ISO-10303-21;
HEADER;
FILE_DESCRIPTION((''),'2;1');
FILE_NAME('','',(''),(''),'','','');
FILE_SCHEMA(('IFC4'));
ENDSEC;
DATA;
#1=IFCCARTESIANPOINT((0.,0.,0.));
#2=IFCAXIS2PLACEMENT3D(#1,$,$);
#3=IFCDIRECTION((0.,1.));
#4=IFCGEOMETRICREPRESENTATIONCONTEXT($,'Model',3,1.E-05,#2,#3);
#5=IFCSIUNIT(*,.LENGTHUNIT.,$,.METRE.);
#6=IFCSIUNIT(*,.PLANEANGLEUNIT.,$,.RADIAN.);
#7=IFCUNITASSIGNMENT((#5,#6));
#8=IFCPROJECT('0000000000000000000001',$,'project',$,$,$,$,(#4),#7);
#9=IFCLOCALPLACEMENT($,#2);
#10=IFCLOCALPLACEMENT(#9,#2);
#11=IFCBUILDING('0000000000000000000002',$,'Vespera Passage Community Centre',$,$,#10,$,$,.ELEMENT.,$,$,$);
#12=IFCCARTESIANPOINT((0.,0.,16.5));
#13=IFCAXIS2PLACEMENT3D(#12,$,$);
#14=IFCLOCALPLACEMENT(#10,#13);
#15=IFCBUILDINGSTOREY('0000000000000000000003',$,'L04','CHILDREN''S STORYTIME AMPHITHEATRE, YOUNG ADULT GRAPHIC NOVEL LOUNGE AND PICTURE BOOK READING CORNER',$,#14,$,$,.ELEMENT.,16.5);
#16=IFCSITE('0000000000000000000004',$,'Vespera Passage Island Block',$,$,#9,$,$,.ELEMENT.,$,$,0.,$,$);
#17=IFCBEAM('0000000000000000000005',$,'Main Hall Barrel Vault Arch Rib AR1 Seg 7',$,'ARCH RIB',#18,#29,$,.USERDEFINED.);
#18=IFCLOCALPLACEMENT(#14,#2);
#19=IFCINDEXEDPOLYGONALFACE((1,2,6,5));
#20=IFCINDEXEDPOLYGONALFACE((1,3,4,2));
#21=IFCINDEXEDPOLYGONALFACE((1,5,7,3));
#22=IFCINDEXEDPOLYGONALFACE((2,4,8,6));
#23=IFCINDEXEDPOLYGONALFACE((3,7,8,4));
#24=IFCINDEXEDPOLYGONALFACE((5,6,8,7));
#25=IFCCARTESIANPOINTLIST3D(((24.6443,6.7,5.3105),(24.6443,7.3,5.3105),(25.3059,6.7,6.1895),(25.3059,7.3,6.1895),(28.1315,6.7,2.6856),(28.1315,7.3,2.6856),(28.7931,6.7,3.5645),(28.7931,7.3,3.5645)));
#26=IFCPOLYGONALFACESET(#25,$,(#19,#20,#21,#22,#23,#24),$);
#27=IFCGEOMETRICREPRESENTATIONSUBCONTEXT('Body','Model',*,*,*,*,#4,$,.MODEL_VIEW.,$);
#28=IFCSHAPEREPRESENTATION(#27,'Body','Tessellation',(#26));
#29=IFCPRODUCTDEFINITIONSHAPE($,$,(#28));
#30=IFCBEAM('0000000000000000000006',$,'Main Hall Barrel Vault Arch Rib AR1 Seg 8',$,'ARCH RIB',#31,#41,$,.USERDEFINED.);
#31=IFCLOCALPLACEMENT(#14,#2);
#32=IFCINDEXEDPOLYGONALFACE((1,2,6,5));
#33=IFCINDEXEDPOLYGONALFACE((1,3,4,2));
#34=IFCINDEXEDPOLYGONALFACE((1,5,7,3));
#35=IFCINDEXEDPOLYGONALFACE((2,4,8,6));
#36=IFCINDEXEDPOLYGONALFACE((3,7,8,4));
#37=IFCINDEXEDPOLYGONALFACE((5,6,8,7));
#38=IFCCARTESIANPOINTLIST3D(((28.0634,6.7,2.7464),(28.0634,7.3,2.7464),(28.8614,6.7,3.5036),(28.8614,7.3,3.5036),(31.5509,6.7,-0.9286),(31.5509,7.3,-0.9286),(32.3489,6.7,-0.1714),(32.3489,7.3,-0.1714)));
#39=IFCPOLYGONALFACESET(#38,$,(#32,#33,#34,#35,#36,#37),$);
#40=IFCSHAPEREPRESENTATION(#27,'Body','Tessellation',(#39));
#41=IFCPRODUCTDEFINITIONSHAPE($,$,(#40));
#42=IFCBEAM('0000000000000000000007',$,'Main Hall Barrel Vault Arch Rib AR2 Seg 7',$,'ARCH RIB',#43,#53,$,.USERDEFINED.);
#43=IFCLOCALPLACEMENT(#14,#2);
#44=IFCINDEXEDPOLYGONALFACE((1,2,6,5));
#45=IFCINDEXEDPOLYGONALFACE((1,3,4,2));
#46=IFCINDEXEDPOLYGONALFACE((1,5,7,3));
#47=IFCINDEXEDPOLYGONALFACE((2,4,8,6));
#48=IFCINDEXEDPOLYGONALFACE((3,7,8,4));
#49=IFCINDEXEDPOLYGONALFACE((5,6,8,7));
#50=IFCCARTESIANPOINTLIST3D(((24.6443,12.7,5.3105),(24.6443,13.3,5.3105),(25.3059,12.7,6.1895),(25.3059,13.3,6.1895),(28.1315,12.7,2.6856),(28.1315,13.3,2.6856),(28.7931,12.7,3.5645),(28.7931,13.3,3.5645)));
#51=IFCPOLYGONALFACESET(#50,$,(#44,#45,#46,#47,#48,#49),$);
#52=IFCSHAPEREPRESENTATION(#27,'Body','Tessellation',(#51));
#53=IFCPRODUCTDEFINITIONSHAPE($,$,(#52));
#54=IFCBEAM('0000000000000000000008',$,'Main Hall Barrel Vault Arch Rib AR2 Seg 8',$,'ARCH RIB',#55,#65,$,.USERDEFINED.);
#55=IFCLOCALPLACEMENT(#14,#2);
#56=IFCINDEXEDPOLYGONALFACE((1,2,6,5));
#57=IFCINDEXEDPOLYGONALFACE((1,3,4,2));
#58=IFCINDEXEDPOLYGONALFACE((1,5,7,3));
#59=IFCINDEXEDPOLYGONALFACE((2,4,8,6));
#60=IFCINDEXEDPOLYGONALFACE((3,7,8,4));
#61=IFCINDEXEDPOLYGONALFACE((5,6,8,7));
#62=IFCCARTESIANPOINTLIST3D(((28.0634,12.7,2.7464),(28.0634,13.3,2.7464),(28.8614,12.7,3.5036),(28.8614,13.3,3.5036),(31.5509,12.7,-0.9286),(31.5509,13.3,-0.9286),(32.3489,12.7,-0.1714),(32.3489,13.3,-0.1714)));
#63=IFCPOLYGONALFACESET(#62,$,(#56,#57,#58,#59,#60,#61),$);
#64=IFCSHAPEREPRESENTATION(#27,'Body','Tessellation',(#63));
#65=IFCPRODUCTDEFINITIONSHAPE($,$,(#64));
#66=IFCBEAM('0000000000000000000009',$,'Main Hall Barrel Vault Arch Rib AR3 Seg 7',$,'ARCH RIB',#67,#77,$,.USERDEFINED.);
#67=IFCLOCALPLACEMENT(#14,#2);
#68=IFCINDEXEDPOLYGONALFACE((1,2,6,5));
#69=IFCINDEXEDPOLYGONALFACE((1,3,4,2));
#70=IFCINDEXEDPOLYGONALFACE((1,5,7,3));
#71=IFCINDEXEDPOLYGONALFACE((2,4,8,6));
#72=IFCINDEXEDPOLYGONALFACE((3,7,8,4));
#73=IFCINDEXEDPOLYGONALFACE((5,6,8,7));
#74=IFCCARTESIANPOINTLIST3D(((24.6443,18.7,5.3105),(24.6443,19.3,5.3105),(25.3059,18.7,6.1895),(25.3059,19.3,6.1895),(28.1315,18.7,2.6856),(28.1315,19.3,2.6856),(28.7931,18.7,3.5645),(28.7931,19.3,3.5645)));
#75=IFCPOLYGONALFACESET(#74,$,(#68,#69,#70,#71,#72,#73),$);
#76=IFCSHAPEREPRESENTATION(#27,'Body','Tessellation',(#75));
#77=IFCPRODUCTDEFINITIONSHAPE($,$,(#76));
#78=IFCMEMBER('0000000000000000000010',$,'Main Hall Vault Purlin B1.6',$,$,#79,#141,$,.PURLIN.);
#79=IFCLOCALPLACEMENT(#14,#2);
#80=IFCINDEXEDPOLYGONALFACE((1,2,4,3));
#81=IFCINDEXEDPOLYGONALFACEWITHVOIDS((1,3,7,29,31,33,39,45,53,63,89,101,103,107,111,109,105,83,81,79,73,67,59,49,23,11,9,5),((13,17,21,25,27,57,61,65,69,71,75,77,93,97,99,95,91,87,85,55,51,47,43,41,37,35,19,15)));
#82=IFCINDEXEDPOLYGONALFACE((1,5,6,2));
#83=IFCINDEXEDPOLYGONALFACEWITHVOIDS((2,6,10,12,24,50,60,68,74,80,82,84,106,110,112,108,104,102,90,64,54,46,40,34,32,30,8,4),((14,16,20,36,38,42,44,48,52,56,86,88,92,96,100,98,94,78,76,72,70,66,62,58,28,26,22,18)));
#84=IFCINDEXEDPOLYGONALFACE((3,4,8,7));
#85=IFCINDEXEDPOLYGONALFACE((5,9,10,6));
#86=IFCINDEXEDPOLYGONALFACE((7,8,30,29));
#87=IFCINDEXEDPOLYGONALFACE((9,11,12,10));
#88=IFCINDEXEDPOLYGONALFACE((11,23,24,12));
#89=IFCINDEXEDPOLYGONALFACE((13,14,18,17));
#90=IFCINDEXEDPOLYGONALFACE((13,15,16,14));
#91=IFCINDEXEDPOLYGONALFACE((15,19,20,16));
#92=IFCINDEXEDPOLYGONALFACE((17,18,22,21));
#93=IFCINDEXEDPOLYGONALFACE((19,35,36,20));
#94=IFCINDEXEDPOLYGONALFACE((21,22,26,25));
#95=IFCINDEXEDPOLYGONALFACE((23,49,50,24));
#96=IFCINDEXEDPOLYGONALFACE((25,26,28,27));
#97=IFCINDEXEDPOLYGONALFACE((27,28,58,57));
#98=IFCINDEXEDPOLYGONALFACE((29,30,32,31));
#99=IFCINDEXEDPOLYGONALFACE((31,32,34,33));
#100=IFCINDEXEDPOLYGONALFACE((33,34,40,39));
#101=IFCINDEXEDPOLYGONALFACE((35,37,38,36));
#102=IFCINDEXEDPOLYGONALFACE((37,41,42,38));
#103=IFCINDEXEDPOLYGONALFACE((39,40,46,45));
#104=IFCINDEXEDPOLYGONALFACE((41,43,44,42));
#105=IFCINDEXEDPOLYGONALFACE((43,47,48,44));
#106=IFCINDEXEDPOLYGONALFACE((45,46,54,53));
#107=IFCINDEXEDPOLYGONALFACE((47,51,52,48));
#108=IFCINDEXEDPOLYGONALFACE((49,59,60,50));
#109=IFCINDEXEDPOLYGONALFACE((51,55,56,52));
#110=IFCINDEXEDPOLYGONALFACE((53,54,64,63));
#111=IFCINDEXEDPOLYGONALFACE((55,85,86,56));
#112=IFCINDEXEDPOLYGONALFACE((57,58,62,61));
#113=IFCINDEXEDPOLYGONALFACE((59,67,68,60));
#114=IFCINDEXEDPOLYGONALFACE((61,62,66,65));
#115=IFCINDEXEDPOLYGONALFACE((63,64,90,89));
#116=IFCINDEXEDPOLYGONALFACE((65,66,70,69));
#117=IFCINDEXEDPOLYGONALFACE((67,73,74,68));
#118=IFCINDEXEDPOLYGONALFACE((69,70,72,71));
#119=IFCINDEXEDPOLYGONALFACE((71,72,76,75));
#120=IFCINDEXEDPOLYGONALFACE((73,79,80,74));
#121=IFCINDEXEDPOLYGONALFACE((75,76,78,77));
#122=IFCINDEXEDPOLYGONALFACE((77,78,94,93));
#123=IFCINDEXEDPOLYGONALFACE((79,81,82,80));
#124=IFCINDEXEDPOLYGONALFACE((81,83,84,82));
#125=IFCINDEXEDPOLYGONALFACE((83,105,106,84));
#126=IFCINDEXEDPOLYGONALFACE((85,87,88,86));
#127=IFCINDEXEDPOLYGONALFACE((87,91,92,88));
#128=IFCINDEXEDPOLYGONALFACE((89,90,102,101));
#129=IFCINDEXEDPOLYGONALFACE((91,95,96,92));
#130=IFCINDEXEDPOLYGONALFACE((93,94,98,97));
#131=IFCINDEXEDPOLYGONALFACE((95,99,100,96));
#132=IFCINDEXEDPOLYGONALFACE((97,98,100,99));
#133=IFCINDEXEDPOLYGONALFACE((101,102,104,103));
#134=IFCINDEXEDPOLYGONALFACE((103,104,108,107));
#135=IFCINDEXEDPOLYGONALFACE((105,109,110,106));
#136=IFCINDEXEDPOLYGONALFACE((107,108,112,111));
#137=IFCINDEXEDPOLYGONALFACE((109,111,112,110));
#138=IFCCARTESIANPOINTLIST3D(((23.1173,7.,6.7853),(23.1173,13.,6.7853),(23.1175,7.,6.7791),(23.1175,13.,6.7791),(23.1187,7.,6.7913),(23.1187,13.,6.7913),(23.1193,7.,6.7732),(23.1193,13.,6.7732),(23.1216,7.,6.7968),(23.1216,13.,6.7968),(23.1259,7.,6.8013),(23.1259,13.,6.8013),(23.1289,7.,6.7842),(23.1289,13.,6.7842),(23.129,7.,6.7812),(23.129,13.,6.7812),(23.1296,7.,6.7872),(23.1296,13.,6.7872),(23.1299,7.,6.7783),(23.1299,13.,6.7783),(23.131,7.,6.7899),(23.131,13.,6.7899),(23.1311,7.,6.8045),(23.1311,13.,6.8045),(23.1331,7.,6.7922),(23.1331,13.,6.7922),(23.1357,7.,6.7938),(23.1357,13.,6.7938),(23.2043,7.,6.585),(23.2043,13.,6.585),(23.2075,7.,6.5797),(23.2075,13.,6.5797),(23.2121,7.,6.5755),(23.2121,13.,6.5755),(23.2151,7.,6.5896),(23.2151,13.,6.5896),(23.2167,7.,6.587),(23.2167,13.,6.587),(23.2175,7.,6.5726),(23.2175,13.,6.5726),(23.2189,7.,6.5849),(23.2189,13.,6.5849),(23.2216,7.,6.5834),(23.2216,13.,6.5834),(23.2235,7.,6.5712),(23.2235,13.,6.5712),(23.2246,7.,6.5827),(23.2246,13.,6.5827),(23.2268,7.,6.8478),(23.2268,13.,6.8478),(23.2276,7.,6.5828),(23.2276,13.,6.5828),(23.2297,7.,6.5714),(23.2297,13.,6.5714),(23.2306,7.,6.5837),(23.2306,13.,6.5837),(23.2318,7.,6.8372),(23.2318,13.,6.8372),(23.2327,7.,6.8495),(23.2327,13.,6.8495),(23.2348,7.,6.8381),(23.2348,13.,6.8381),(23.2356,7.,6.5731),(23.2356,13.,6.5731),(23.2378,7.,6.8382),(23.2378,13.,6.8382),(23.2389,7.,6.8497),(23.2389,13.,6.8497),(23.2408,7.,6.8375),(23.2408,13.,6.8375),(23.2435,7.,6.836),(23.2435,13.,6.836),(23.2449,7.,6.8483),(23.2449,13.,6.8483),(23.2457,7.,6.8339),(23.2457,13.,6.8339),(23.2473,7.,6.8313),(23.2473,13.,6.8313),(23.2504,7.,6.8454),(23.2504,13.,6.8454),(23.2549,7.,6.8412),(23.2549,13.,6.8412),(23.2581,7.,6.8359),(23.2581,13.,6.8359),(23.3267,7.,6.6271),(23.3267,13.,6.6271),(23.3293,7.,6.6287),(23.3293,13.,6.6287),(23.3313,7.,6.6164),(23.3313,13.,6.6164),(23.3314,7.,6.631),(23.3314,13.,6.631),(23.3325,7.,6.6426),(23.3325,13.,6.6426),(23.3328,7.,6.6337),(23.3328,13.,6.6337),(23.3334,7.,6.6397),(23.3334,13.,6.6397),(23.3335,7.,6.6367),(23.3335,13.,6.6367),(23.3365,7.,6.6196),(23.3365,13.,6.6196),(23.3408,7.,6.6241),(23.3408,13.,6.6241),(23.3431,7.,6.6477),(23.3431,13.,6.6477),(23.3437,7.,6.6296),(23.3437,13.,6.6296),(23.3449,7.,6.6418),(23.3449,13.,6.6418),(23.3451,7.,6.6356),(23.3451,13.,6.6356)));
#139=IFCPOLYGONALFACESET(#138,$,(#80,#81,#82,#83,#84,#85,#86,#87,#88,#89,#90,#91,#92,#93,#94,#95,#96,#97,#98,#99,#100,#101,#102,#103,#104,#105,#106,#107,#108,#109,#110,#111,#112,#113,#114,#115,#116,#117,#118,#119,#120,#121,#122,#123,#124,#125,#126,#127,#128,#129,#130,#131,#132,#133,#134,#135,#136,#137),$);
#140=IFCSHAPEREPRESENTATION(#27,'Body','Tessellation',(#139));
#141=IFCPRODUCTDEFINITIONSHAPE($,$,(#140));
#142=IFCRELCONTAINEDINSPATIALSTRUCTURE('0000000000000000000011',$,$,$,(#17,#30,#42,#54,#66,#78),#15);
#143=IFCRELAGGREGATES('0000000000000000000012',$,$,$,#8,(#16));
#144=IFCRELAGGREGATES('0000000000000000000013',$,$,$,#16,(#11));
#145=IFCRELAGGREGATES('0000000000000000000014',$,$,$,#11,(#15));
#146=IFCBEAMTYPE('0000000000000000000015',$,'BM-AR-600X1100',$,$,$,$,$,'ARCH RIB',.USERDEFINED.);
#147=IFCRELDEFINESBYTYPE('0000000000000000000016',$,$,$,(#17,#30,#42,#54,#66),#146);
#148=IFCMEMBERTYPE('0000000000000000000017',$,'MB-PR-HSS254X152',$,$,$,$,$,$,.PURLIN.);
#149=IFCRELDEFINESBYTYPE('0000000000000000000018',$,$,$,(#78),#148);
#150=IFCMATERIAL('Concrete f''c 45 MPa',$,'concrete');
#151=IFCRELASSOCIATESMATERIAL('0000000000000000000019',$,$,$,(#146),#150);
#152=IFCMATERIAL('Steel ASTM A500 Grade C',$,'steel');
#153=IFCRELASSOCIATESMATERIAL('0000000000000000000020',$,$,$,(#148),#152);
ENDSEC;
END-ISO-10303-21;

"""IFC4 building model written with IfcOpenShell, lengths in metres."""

from ifc_helpers import new_model, si_unit, direction, frame, origin, origin_2d, place, context, subcontext, project, spatial, rectangle, hollow_rectangle, extrude, material, material_profile, profile_set, type_object, element, save


model = new_model("IFC4")

# Units and contexts
model_context = context("Model", 3, precision=1e-05, world=origin(), true_north=direction((0.0, 1.0)))
body_context = subcontext(model_context, "Body", "Model", "MODEL_VIEW")
ifc_project = project(units=[si_unit("LENGTHUNIT", "METRE"), si_unit("PLANEANGLEUNIT", "RADIAN")], contexts=[model_context])

# Site, building, storey
site_placement = place(None, origin())
site = spatial("IfcSite", under=ifc_project, at=site_placement, Name="Vespera Passage Island Block", CompositionType="ELEMENT", RefElevation=0.0)
building_placement = place(site_placement, origin())
building = spatial("IfcBuilding", under=site, at=building_placement, Name="Vespera Passage Community Centre", CompositionType="ELEMENT")
storey_placement = place(building_placement, frame((0.0, 0.0, 16.5)))
storey = spatial("IfcBuildingStorey", under=building, at=storey_placement, Name="L04", Description="CHILDREN'S STORYTIME AMPHITHEATRE, YOUNG ADULT GRAPHIC NOVEL LOUNGE AND PICTURE BOOK READING CORNER", CompositionType="ELEMENT", Elevation=16.5)

# Beams
ifc_material_1 = material(Name="Concrete f'c 45 MPa", Category="concrete")
ifc_material_profile_1 = material_profile(ifc_material_1, rectangle(XDim=0.6001, YDim=1.1001, at=origin_2d()), Name="RC600X1100")
ifc_profile_set_1 = profile_set([ifc_material_profile_1], Name="Concrete f'c 45 MPa")
beam_type = type_object("IfcBeamType", Name="BM-AR-600X1100", ElementType="ARCH RIB", PredefinedType="USERDEFINED", material=ifc_profile_set_1)
beam_1_placement = place(storey_placement, frame((24.9751, 7.0, 5.75), z_axis=(0.798952, 0.0, -0.601395), x_axis=(0.0, 1.0, 0.0)))
element("IfcBeam", 1, at=beam_1_placement, inside=storey, type_object=beam_type, Name="Main Hall Barrel Vault Arch Rib AR1 Seg 7", ObjectType="ARCH RIB", PredefinedType="USERDEFINED", context=body_context, shape_type="SweptSolid", body=[
    extrude(rectangle(XDim=0.6001, YDim=1.1001, at=origin_2d()), origin(), (0.0, 0.0, 1.0), 4.3647),
])
beam_2_placement = place(storey_placement, frame((28.4624, 7.0, 3.125), z_axis=(0.688361, 0.0, -0.725369), x_axis=(0.0, 1.0, 0.0)))
element("IfcBeam", 2, at=beam_2_placement, inside=storey, type_object=beam_type, Name="Main Hall Barrel Vault Arch Rib AR1 Seg 8", ObjectType="ARCH RIB", PredefinedType="USERDEFINED", context=body_context, shape_type="SweptSolid", body=[
    extrude(rectangle(XDim=0.6001, YDim=1.1001, at=origin_2d()), origin(), (0.0, 0.0, 1.0), 5.0664),
])
beam_3_placement = place(storey_placement, frame((24.9751, 13.0, 5.75), z_axis=(0.798952, 0.0, -0.601395), x_axis=(0.0, 1.0, 0.0)))
element("IfcBeam", 3, at=beam_3_placement, inside=storey, type_object=beam_type, Name="Main Hall Barrel Vault Arch Rib AR2 Seg 7", ObjectType="ARCH RIB", PredefinedType="USERDEFINED", context=body_context, shape_type="SweptSolid", body=[
    extrude(rectangle(XDim=0.6001, YDim=1.1001, at=origin_2d()), origin(), (0.0, 0.0, 1.0), 4.3647),
])
beam_4_placement = place(storey_placement, frame((28.4624, 13.0, 3.125), z_axis=(0.688361, 0.0, -0.725369), x_axis=(0.0, 1.0, 0.0)))
element("IfcBeam", 4, at=beam_4_placement, inside=storey, type_object=beam_type, Name="Main Hall Barrel Vault Arch Rib AR2 Seg 8", ObjectType="ARCH RIB", PredefinedType="USERDEFINED", context=body_context, shape_type="SweptSolid", body=[
    extrude(rectangle(XDim=0.6001, YDim=1.1001, at=origin_2d()), origin(), (0.0, 0.0, 1.0), 5.0664),
])
beam_5_placement = place(storey_placement, frame((24.9751, 19.0, 5.75), z_axis=(0.798952, 0.0, -0.601395), x_axis=(0.0, 1.0, 0.0)))
element("IfcBeam", 5, at=beam_5_placement, inside=storey, type_object=beam_type, Name="Main Hall Barrel Vault Arch Rib AR3 Seg 7", ObjectType="ARCH RIB", PredefinedType="USERDEFINED", context=body_context, shape_type="SweptSolid", body=[
    extrude(rectangle(XDim=0.6001, YDim=1.1001, at=origin_2d()), origin(), (0.0, 0.0, 1.0), 4.3647),
])

# Member
ifc_material_2 = material(Name="Steel ASTM A500 Grade C", Category="steel")
ifc_material_profile_2 = material_profile(ifc_material_2, hollow_rectangle(XDim=0.1523, YDim=0.2539, WallThickness=0.0117, InnerFilletRadius=0.0117, OuterFilletRadius=0.0237, at=origin_2d()), Name="HSS254X152X12.7")
ifc_profile_set_2 = profile_set([ifc_material_profile_2], Name="Steel ASTM A500 Grade C")
member_type_1 = type_object("IfcMemberType", Name="MB-PR-HSS254X152", PredefinedType="PURLIN", material=ifc_profile_set_2)
for number, where, z_axis, x_axis, name in (
    (6, (23.2312, 7.0, 6.7104), (0.0, 1.0, 0.0), (-0.911367, 0.0, -0.411594), "Main Hall Vault Purlin B1.6"),
):
    element("IfcMember", number, at=place(storey_placement, frame(where, z_axis=z_axis, x_axis=x_axis)), inside=storey, type_object=member_type_1, Name=name, PredefinedType="PURLIN", context=body_context, shape_type="SweptSolid", body=[
        extrude(hollow_rectangle(XDim=0.1523, YDim=0.2539, WallThickness=0.0117, InnerFilletRadius=0.0117, OuterFilletRadius=0.0237, at=origin_2d()), origin(), (0.0, 0.0, 1.0), 6.0),
    ])

save(model, "model.ifc")
